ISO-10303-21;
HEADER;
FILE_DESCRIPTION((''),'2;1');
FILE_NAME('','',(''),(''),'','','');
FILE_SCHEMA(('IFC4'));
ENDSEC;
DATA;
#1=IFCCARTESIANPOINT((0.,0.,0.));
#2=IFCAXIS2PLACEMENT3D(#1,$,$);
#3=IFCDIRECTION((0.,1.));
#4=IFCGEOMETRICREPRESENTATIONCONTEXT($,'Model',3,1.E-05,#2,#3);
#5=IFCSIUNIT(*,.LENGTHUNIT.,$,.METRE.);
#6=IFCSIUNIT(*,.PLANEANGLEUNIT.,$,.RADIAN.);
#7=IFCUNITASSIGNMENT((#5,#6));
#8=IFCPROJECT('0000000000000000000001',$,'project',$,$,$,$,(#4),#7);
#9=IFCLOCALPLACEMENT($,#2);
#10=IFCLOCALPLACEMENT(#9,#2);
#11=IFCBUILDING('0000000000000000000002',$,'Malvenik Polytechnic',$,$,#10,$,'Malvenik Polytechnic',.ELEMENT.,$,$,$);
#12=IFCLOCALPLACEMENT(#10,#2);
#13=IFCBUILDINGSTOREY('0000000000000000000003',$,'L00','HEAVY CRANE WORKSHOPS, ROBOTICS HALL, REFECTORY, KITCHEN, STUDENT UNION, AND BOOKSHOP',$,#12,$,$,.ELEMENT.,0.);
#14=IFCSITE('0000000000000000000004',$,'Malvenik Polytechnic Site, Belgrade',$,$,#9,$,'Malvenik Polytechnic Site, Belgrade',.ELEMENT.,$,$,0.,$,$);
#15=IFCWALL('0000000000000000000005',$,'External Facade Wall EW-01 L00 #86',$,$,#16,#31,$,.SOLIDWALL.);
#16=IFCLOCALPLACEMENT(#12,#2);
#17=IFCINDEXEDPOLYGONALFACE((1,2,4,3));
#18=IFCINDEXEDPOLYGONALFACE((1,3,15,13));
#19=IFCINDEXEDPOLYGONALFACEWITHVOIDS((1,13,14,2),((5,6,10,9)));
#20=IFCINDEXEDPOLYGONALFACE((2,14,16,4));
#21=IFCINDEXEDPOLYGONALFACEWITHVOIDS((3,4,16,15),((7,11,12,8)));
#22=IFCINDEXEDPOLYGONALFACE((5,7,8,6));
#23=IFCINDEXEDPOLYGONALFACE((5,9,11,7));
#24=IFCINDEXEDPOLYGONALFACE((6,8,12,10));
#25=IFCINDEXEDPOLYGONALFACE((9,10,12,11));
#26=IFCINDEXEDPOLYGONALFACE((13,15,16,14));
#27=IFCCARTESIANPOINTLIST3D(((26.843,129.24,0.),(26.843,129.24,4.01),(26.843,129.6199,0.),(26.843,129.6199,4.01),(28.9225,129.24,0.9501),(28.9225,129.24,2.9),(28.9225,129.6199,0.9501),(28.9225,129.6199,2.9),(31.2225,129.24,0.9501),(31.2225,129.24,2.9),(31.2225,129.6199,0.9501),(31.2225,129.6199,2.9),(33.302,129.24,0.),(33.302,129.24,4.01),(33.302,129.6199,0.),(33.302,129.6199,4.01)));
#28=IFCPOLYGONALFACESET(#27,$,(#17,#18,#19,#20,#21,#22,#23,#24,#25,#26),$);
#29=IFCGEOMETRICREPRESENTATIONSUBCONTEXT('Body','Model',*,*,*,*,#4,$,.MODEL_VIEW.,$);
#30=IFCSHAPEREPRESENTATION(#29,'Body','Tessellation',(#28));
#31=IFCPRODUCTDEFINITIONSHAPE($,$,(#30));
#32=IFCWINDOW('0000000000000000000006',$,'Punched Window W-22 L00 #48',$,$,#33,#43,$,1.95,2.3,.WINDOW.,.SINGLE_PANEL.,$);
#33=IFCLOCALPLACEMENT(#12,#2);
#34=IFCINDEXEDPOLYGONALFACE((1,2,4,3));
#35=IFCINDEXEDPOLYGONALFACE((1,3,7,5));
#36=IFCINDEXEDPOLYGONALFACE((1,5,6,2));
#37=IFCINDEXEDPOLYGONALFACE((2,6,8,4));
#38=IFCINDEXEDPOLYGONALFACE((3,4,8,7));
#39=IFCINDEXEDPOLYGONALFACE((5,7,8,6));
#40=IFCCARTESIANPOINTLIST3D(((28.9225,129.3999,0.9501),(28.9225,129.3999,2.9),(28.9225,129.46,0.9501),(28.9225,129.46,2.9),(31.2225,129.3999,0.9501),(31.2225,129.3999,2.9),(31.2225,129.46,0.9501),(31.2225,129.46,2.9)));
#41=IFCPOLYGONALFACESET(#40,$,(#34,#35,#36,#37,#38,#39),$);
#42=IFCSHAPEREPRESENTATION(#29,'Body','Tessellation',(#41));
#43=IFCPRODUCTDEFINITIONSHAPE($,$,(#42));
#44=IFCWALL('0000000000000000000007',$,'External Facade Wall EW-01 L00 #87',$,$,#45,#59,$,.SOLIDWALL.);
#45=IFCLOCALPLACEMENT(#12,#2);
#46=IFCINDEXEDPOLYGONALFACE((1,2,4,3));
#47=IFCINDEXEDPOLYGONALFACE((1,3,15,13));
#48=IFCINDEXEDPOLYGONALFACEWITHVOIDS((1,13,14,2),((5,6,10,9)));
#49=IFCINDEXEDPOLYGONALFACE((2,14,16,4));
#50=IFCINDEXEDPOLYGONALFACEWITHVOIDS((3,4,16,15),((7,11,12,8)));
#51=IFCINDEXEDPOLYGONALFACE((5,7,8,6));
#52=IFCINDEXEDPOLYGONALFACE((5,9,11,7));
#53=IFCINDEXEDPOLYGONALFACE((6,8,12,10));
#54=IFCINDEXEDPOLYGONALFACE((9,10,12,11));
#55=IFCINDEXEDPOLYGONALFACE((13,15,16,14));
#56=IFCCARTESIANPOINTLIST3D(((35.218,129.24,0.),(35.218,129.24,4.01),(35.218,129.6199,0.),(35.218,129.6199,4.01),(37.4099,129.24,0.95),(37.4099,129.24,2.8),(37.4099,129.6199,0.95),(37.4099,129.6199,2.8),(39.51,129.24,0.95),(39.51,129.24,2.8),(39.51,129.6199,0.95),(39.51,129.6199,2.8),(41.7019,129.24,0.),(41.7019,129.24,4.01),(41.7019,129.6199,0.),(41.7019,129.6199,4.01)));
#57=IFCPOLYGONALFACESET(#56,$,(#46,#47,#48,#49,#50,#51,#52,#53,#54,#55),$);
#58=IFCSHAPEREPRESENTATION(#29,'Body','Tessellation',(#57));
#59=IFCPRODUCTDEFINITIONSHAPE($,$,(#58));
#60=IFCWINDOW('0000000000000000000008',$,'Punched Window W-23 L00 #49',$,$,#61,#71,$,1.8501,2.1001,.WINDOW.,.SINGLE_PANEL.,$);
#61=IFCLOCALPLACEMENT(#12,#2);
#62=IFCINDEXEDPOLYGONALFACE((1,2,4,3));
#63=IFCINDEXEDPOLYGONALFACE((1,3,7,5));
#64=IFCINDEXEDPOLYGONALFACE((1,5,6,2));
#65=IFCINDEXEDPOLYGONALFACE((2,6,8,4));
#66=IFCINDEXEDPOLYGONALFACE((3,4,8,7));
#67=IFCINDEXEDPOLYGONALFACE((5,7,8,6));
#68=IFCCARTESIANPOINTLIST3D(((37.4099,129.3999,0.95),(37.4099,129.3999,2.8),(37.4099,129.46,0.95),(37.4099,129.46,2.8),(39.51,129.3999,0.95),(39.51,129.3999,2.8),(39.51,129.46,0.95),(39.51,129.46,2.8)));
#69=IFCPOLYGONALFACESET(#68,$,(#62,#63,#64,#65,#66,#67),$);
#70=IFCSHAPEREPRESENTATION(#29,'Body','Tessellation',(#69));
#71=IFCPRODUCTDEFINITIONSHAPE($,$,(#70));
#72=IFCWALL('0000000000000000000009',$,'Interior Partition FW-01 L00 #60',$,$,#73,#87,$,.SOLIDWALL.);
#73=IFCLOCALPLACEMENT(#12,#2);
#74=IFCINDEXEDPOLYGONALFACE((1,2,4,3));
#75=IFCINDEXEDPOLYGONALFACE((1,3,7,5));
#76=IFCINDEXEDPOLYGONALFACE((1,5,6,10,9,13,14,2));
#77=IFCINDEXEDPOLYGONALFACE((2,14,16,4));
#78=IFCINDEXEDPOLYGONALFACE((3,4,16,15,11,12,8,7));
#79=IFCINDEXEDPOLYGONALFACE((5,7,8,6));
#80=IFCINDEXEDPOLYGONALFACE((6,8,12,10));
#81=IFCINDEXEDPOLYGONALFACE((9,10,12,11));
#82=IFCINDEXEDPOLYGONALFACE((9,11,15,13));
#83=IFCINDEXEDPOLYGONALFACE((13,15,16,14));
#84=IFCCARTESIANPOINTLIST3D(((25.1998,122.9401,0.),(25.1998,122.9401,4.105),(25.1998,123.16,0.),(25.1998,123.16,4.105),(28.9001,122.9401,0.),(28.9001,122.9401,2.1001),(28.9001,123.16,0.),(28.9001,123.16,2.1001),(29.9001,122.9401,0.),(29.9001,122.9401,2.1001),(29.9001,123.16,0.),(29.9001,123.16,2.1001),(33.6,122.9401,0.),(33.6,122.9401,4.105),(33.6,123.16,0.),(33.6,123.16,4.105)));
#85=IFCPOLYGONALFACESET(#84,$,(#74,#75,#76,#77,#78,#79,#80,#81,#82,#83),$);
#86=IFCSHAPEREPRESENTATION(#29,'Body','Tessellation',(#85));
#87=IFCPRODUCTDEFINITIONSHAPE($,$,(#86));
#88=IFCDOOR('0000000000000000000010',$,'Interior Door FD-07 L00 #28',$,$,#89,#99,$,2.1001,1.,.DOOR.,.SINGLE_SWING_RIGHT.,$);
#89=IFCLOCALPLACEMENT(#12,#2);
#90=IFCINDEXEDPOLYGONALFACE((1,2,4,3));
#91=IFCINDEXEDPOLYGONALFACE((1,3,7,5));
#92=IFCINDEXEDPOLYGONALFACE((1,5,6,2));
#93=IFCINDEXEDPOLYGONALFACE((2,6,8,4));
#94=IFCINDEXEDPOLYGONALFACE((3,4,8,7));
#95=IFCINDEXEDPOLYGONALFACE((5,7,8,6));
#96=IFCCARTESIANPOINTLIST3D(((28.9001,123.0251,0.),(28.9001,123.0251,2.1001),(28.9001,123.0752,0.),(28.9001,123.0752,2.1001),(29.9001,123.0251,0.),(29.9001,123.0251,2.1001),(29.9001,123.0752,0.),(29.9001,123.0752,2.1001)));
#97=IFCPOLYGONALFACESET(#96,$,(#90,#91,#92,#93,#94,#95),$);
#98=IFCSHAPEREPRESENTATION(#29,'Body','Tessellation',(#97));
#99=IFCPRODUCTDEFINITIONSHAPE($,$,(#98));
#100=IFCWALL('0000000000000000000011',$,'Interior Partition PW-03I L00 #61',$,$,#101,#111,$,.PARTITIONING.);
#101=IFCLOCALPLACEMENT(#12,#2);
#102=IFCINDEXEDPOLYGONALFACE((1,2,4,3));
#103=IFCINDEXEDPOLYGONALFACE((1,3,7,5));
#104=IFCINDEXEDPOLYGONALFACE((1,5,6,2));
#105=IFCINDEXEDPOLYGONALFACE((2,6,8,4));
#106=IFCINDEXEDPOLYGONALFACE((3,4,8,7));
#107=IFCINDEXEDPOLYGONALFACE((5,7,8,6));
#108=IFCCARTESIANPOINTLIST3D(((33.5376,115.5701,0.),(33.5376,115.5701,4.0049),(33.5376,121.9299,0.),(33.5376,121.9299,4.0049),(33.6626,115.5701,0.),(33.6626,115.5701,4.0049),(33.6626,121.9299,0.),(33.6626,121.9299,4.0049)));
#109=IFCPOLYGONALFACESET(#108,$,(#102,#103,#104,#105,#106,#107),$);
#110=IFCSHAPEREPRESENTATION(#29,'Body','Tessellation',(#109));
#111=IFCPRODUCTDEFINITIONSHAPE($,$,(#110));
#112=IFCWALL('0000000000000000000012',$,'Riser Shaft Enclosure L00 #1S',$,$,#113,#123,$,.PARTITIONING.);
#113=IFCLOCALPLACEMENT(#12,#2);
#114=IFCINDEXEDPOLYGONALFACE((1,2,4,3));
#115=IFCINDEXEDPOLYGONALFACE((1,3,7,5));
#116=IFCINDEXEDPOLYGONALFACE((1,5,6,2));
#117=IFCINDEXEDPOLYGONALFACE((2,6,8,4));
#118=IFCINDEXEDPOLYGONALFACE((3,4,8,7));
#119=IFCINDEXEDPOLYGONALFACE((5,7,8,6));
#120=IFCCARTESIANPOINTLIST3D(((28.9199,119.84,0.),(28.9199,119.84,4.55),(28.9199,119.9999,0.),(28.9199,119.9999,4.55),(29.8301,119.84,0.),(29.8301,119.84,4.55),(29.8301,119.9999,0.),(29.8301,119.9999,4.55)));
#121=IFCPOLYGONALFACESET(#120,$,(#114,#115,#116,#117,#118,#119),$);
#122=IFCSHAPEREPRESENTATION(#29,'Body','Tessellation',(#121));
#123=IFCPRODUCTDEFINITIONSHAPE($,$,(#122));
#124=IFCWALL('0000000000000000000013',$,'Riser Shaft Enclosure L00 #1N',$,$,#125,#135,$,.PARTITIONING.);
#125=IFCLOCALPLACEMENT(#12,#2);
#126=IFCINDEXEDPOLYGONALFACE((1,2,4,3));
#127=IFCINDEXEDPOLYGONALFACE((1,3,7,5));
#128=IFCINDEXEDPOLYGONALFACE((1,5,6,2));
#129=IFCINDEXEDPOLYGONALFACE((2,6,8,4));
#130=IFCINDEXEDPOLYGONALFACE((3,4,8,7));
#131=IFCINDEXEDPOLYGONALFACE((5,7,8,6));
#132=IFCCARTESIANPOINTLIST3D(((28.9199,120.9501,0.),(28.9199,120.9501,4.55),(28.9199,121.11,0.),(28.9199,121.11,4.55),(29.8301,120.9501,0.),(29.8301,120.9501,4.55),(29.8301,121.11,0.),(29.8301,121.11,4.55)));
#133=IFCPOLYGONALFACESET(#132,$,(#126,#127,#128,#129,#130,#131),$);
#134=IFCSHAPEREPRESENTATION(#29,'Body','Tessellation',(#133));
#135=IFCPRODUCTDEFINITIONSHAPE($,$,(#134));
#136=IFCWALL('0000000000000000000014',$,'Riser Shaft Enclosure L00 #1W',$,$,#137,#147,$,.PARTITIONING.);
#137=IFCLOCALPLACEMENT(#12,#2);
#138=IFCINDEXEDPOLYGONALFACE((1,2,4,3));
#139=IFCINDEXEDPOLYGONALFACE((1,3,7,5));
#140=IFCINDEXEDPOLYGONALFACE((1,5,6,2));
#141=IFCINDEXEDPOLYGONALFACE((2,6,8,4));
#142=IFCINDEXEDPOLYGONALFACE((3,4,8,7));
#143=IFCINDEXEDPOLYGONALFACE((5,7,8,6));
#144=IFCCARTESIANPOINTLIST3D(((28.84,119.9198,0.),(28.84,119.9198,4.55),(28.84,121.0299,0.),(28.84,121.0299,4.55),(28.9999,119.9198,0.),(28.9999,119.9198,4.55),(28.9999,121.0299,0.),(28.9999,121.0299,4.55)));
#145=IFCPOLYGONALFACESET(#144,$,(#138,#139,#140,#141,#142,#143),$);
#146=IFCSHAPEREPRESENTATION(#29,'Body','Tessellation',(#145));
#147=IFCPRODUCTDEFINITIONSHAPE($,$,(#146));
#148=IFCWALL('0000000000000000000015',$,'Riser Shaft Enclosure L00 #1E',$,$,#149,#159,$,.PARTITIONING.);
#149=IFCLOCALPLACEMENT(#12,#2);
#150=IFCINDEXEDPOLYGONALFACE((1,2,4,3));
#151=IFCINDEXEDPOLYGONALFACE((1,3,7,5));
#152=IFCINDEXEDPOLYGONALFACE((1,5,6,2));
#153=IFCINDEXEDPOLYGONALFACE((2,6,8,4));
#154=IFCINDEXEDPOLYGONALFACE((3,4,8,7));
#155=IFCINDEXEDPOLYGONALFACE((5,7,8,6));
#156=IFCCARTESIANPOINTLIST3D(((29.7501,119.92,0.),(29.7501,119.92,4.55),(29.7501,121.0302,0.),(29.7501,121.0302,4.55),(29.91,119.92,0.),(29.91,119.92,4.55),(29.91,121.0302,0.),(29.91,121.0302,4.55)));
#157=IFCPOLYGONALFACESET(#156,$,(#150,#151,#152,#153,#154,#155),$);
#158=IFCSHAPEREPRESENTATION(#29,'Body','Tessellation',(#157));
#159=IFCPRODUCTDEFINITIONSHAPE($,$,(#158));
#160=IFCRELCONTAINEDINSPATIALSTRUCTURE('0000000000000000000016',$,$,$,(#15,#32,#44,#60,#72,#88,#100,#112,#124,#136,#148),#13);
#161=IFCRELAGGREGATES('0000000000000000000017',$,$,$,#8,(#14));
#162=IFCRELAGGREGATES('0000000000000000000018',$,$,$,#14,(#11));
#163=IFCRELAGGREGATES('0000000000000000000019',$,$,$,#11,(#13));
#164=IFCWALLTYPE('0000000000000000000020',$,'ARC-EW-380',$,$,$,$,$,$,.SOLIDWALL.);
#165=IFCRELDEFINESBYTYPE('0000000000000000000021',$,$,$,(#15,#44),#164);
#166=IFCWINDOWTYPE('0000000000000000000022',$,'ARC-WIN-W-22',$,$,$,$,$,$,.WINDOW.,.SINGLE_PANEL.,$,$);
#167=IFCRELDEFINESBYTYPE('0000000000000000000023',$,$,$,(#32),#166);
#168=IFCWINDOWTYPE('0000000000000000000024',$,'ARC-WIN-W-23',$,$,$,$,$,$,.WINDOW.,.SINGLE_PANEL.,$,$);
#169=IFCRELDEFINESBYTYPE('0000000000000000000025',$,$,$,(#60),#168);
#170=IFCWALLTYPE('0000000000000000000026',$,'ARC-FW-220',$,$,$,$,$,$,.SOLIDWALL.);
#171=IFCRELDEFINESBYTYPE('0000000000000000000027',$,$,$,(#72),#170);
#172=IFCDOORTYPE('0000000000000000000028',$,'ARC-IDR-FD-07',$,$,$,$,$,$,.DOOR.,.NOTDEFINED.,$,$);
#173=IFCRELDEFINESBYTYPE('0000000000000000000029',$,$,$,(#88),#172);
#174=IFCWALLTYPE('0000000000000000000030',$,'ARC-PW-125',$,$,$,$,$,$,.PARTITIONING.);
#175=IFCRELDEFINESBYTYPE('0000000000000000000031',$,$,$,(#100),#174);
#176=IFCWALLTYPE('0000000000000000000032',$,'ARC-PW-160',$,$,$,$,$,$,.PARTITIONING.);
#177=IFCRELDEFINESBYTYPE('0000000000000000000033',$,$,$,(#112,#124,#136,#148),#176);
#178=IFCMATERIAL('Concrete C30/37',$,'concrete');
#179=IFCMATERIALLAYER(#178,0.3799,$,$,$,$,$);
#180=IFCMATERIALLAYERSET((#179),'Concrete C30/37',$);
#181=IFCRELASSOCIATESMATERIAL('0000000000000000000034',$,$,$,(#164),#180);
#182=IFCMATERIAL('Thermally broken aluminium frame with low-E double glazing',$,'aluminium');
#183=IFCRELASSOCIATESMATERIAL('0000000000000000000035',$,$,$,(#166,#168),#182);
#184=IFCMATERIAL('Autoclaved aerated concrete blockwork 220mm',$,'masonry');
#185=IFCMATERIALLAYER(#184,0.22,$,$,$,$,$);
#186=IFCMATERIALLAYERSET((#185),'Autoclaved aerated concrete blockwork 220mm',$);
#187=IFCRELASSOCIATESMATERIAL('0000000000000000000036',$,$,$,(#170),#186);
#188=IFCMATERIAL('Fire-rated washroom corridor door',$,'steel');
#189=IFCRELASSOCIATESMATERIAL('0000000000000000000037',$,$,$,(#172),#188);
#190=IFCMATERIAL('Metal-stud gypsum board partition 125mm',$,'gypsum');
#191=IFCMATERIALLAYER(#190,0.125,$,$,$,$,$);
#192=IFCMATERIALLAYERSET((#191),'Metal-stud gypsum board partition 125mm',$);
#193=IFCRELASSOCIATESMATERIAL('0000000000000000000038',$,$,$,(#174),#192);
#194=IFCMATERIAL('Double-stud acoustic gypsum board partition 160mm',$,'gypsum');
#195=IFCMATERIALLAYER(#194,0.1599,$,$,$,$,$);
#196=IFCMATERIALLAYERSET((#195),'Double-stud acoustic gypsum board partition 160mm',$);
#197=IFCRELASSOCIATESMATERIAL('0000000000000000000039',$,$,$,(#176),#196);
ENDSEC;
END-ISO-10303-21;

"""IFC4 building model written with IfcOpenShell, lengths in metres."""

from ifc_helpers import new_model, si_unit, direction, frame, frame_2d, origin, place, context, subcontext, project, spatial, rectangle, extrude, material, layer, layer_set, type_object, element, fill, save


model = new_model("IFC4")

# Units and contexts
model_context = context("Model", 3, precision=1e-05, world=origin(), true_north=direction((0.0, 1.0)))
body_context = subcontext(model_context, "Body", "Model", "MODEL_VIEW")
ifc_project = project(units=[si_unit("LENGTHUNIT", "METRE"), si_unit("PLANEANGLEUNIT", "RADIAN")], contexts=[model_context])

# Site, building, storey
site_placement = place(None, origin())
site = spatial("IfcSite", under=ifc_project, at=site_placement, Name="Malvenik Polytechnic Site, Belgrade", LongName="Malvenik Polytechnic Site, Belgrade", CompositionType="ELEMENT", RefElevation=0.0)
building_placement = place(site_placement, origin())
building = spatial("IfcBuilding", under=site, at=building_placement, Name="Malvenik Polytechnic", LongName="Malvenik Polytechnic", CompositionType="ELEMENT")
storey_placement = place(building_placement, origin())
storey = spatial("IfcBuildingStorey", under=building, at=storey_placement, Name="L00", Description="HEAVY CRANE WORKSHOPS, ROBOTICS HALL, REFECTORY, KITCHEN, STUDENT UNION, AND BOOKSHOP", CompositionType="ELEMENT", Elevation=0.0)

# Shared definitions
ifc_material_1 = material(Name="Concrete C30/37", Category="concrete")

# Walls, openings, windows
ifc_layer_1 = layer(ifc_material_1, 0.3799)
ifc_layer_set_1 = layer_set([ifc_layer_1], Name="Concrete C30/37")
wall_type_1 = type_object("IfcWallType", Name="ARC-EW-380", PredefinedType="SOLIDWALL", material=ifc_layer_set_1)
wall_1_placement = place(storey_placement, frame((26.843, 129.4299, 0.0), z_axis=(0.0, 0.0, 1.0), x_axis=(1.0, 0.0, 0.0)))
wall_1 = element("IfcWall", 1, at=wall_1_placement, inside=storey, type_object=wall_type_1, Name="External Facade Wall EW-01 L00 #86", PredefinedType="SOLIDWALL", context=body_context, shape_type="SweptSolid", body=[
    extrude(rectangle(XDim=6.459, YDim=0.3799, at=frame_2d((3.2295, 0.0))), origin(), (0.0, 0.0, 1.0), 4.01),
])
opening_1_placement = place(wall_1_placement, frame((2.0796, 0.0, 0.95)))
opening_1 = element("IfcOpeningElement", 2, at=opening_1_placement, cuts=wall_1, PredefinedType="OPENING", context=body_context, shape_type="SweptSolid", body=[
    extrude(rectangle(XDim=2.3, YDim=1.95, at=frame_2d((1.1499, 0.9751))), frame((0.0, 0.2, 0.0), z_axis=(0.0, -1.0, 0.0), x_axis=(1.0, 0.0, 0.0)), (0.0, 0.0, 1.0), 0.3999),
])
ifc_material_2 = material(Name="Thermally broken aluminium frame with low-E double glazing", Category="aluminium")
window_type_1 = type_object("IfcWindowType", Name="ARC-WIN-W-22", PartitioningType="SINGLE_PANEL", PredefinedType="WINDOW", material=ifc_material_2)
window_1_placement = place(opening_1_placement, origin())
window_1 = element("IfcWindow", 3, at=window_1_placement, inside=storey, type_object=window_type_1, Name="Punched Window W-22 L00 #48", OverallHeight=1.95, OverallWidth=2.3, PartitioningType="SINGLE_PANEL", PredefinedType="WINDOW", context=body_context, shape_type="SweptSolid", body=[
    extrude(rectangle(XDim=2.3, YDim=1.95, at=frame_2d((1.1499, 0.9751))), frame((0.0, 0.03, 0.0), z_axis=(0.0, -1.0, 0.0), x_axis=(1.0, 0.0, 0.0)), (0.0, 0.0, 1.0), 0.0601),
])
fill(opening_1, window_1)
wall_2_placement = place(storey_placement, frame((35.218, 129.4299, 0.0), z_axis=(0.0, 0.0, 1.0), x_axis=(1.0, 0.0, 0.0)))
wall_2 = element("IfcWall", 4, at=wall_2_placement, inside=storey, type_object=wall_type_1, Name="External Facade Wall EW-01 L00 #87", PredefinedType="SOLIDWALL", context=body_context, shape_type="SweptSolid", body=[
    extrude(rectangle(XDim=6.4839, YDim=0.3799, at=frame_2d((3.2419, 0.0))), origin(), (0.0, 0.0, 1.0), 4.01),
])
opening_2_placement = place(wall_2_placement, frame((2.1919, 0.0, 0.95)))
opening_2 = element("IfcOpeningElement", 5, at=opening_2_placement, cuts=wall_2, PredefinedType="OPENING", context=body_context, shape_type="SweptSolid", body=[
    extrude(rectangle(XDim=2.1001, YDim=1.8501, at=frame_2d((1.05, 0.925))), frame((0.0, 0.2, 0.0), z_axis=(0.0, -1.0, 0.0), x_axis=(1.0, 0.0, 0.0)), (0.0, 0.0, 1.0), 0.3999),
])
window_type_2 = type_object("IfcWindowType", Name="ARC-WIN-W-23", PartitioningType="SINGLE_PANEL", PredefinedType="WINDOW", material=ifc_material_2)
window_2_placement = place(opening_2_placement, origin())
window_2 = element("IfcWindow", 6, at=window_2_placement, inside=storey, type_object=window_type_2, Name="Punched Window W-23 L00 #49", OverallHeight=1.8501, OverallWidth=2.1001, PartitioningType="SINGLE_PANEL", PredefinedType="WINDOW", context=body_context, shape_type="SweptSolid", body=[
    extrude(rectangle(XDim=2.1001, YDim=1.8501, at=frame_2d((1.05, 0.925))), frame((0.0, 0.03, 0.0), z_axis=(0.0, -1.0, 0.0), x_axis=(1.0, 0.0, 0.0)), (0.0, 0.0, 1.0), 0.0601),
])
fill(opening_2, window_2)

# Wall, opening, door
ifc_material_3 = material(Name="Autoclaved aerated concrete blockwork 220mm", Category="masonry")
ifc_layer_2 = layer(ifc_material_3, 0.22)
ifc_layer_set_2 = layer_set([ifc_layer_2], Name="Autoclaved aerated concrete blockwork 220mm")
wall_type_2 = type_object("IfcWallType", Name="ARC-FW-220", PredefinedType="SOLIDWALL", material=ifc_layer_set_2)
wall_3_placement = place(storey_placement, frame((33.6001, 123.05, 0.0), z_axis=(0.0, 0.0, 1.0), x_axis=(-1.0, 0.0, 0.0)))
wall_3 = element("IfcWall", 7, at=wall_3_placement, inside=storey, type_object=wall_type_2, Name="Interior Partition FW-01 L00 #60", PredefinedType="SOLIDWALL", context=body_context, shape_type="SweptSolid", body=[
    extrude(rectangle(XDim=8.4001, YDim=0.22, at=frame_2d((4.2002, 0.0))), origin(), (0.0, 0.0, 1.0), 4.105),
])
opening_3_placement = place(wall_3_placement, frame((3.7, 0.0, 0.0)))
opening_3 = element("IfcOpeningElement", 8, at=opening_3_placement, cuts=wall_3, PredefinedType="OPENING", context=body_context, shape_type="SweptSolid", body=[
    extrude(rectangle(XDim=1.0, YDim=2.1001, at=frame_2d((0.5, 1.05))), frame((0.0, 0.1201, 0.0), z_axis=(0.0, -1.0, 0.0), x_axis=(1.0, 0.0, 0.0)), (0.0, 0.0, 1.0), 0.24),
])
ifc_material_4 = material(Name="Fire-rated washroom corridor door", Category="steel")
door_type = type_object("IfcDoorType", Name="ARC-IDR-FD-07", OperationType="NOTDEFINED", PredefinedType="DOOR", material=ifc_material_4)
door_placement = place(opening_3_placement, origin())
door = element("IfcDoor", 9, at=door_placement, inside=storey, type_object=door_type, Name="Interior Door FD-07 L00 #28", OperationType="SINGLE_SWING_RIGHT", OverallHeight=2.1001, OverallWidth=1.0, PredefinedType="DOOR", context=body_context, shape_type="SweptSolid", body=[
    extrude(rectangle(XDim=1.0, YDim=2.1001, at=frame_2d((0.5, 1.05))), frame((0.0, 0.0249, 0.0), z_axis=(0.0, -1.0, 0.0), x_axis=(1.0, 0.0, 0.0)), (0.0, 0.0, 1.0), 0.05),
])
fill(opening_3, door)

# Walls
ifc_material_5 = material(Name="Metal-stud gypsum board partition 125mm", Category="gypsum")
ifc_layer_3 = layer(ifc_material_5, 0.125)
ifc_layer_set_3 = layer_set([ifc_layer_3], Name="Metal-stud gypsum board partition 125mm")
wall_type_3 = type_object("IfcWallType", Name="ARC-PW-125", PredefinedType="PARTITIONING", material=ifc_layer_set_3)
wall_4_placement = place(storey_placement, frame((33.6001, 115.5701, 0.0), z_axis=(0.0, 0.0, 1.0), x_axis=(0.0, 1.0, 0.0)))
element("IfcWall", 10, at=wall_4_placement, inside=storey, type_object=wall_type_3, Name="Interior Partition PW-03I L00 #61", PredefinedType="PARTITIONING", context=body_context, shape_type="SweptSolid", body=[
    extrude(rectangle(XDim=6.3599, YDim=0.125, at=frame_2d((3.1799, 0.0))), origin(), (0.0, 0.0, 1.0), 4.0049),
])
ifc_material_6 = material(Name="Double-stud acoustic gypsum board partition 160mm", Category="gypsum")
ifc_layer_4 = layer(ifc_material_6, 0.1599)
ifc_layer_set_4 = layer_set([ifc_layer_4], Name="Double-stud acoustic gypsum board partition 160mm")
wall_type_4 = type_object("IfcWallType", Name="ARC-PW-160", PredefinedType="PARTITIONING", material=ifc_layer_set_4)
for number, where, z_axis, x_axis, name in (
    (11, (28.9199, 119.9199, 0.0), (0.0, 0.0, 1.0), (1.0, 0.0, 0.0), "Riser Shaft Enclosure L00 #1S"),
    (12, (29.8301, 121.03, 0.0), (0.0, 0.0, 1.0), (-1.0, 0.0, 0.0), "Riser Shaft Enclosure L00 #1N"),
):
    element("IfcWall", number, at=place(storey_placement, frame(where, z_axis=z_axis, x_axis=x_axis)), inside=storey, type_object=wall_type_4, Name=name, PredefinedType="PARTITIONING", context=body_context, shape_type="SweptSolid", body=[
        extrude(rectangle(XDim=0.9102, YDim=0.1599, at=frame_2d((0.4551, 0.0))), origin(), (0.0, 0.0, 1.0), 4.55),
    ])
for number, where, z_axis, x_axis, name in (
    (13, (28.9199, 121.03, 0.0), (0.0, 0.0, 1.0), (0.0, -1.0, 0.0), "Riser Shaft Enclosure L00 #1W"),
    (14, (29.8301, 119.9199, 0.0), (0.0, 0.0, 1.0), (0.0, 1.0, 0.0), "Riser Shaft Enclosure L00 #1E"),
):
    element("IfcWall", number, at=place(storey_placement, frame(where, z_axis=z_axis, x_axis=x_axis)), inside=storey, type_object=wall_type_4, Name=name, PredefinedType="PARTITIONING", context=body_context, shape_type="SweptSolid", body=[
        extrude(rectangle(XDim=1.1101, YDim=0.1599, at=frame_2d((0.5552, 0.0))), origin(), (0.0, 0.0, 1.0), 4.55),
    ])

save(model, "model.ifc")
